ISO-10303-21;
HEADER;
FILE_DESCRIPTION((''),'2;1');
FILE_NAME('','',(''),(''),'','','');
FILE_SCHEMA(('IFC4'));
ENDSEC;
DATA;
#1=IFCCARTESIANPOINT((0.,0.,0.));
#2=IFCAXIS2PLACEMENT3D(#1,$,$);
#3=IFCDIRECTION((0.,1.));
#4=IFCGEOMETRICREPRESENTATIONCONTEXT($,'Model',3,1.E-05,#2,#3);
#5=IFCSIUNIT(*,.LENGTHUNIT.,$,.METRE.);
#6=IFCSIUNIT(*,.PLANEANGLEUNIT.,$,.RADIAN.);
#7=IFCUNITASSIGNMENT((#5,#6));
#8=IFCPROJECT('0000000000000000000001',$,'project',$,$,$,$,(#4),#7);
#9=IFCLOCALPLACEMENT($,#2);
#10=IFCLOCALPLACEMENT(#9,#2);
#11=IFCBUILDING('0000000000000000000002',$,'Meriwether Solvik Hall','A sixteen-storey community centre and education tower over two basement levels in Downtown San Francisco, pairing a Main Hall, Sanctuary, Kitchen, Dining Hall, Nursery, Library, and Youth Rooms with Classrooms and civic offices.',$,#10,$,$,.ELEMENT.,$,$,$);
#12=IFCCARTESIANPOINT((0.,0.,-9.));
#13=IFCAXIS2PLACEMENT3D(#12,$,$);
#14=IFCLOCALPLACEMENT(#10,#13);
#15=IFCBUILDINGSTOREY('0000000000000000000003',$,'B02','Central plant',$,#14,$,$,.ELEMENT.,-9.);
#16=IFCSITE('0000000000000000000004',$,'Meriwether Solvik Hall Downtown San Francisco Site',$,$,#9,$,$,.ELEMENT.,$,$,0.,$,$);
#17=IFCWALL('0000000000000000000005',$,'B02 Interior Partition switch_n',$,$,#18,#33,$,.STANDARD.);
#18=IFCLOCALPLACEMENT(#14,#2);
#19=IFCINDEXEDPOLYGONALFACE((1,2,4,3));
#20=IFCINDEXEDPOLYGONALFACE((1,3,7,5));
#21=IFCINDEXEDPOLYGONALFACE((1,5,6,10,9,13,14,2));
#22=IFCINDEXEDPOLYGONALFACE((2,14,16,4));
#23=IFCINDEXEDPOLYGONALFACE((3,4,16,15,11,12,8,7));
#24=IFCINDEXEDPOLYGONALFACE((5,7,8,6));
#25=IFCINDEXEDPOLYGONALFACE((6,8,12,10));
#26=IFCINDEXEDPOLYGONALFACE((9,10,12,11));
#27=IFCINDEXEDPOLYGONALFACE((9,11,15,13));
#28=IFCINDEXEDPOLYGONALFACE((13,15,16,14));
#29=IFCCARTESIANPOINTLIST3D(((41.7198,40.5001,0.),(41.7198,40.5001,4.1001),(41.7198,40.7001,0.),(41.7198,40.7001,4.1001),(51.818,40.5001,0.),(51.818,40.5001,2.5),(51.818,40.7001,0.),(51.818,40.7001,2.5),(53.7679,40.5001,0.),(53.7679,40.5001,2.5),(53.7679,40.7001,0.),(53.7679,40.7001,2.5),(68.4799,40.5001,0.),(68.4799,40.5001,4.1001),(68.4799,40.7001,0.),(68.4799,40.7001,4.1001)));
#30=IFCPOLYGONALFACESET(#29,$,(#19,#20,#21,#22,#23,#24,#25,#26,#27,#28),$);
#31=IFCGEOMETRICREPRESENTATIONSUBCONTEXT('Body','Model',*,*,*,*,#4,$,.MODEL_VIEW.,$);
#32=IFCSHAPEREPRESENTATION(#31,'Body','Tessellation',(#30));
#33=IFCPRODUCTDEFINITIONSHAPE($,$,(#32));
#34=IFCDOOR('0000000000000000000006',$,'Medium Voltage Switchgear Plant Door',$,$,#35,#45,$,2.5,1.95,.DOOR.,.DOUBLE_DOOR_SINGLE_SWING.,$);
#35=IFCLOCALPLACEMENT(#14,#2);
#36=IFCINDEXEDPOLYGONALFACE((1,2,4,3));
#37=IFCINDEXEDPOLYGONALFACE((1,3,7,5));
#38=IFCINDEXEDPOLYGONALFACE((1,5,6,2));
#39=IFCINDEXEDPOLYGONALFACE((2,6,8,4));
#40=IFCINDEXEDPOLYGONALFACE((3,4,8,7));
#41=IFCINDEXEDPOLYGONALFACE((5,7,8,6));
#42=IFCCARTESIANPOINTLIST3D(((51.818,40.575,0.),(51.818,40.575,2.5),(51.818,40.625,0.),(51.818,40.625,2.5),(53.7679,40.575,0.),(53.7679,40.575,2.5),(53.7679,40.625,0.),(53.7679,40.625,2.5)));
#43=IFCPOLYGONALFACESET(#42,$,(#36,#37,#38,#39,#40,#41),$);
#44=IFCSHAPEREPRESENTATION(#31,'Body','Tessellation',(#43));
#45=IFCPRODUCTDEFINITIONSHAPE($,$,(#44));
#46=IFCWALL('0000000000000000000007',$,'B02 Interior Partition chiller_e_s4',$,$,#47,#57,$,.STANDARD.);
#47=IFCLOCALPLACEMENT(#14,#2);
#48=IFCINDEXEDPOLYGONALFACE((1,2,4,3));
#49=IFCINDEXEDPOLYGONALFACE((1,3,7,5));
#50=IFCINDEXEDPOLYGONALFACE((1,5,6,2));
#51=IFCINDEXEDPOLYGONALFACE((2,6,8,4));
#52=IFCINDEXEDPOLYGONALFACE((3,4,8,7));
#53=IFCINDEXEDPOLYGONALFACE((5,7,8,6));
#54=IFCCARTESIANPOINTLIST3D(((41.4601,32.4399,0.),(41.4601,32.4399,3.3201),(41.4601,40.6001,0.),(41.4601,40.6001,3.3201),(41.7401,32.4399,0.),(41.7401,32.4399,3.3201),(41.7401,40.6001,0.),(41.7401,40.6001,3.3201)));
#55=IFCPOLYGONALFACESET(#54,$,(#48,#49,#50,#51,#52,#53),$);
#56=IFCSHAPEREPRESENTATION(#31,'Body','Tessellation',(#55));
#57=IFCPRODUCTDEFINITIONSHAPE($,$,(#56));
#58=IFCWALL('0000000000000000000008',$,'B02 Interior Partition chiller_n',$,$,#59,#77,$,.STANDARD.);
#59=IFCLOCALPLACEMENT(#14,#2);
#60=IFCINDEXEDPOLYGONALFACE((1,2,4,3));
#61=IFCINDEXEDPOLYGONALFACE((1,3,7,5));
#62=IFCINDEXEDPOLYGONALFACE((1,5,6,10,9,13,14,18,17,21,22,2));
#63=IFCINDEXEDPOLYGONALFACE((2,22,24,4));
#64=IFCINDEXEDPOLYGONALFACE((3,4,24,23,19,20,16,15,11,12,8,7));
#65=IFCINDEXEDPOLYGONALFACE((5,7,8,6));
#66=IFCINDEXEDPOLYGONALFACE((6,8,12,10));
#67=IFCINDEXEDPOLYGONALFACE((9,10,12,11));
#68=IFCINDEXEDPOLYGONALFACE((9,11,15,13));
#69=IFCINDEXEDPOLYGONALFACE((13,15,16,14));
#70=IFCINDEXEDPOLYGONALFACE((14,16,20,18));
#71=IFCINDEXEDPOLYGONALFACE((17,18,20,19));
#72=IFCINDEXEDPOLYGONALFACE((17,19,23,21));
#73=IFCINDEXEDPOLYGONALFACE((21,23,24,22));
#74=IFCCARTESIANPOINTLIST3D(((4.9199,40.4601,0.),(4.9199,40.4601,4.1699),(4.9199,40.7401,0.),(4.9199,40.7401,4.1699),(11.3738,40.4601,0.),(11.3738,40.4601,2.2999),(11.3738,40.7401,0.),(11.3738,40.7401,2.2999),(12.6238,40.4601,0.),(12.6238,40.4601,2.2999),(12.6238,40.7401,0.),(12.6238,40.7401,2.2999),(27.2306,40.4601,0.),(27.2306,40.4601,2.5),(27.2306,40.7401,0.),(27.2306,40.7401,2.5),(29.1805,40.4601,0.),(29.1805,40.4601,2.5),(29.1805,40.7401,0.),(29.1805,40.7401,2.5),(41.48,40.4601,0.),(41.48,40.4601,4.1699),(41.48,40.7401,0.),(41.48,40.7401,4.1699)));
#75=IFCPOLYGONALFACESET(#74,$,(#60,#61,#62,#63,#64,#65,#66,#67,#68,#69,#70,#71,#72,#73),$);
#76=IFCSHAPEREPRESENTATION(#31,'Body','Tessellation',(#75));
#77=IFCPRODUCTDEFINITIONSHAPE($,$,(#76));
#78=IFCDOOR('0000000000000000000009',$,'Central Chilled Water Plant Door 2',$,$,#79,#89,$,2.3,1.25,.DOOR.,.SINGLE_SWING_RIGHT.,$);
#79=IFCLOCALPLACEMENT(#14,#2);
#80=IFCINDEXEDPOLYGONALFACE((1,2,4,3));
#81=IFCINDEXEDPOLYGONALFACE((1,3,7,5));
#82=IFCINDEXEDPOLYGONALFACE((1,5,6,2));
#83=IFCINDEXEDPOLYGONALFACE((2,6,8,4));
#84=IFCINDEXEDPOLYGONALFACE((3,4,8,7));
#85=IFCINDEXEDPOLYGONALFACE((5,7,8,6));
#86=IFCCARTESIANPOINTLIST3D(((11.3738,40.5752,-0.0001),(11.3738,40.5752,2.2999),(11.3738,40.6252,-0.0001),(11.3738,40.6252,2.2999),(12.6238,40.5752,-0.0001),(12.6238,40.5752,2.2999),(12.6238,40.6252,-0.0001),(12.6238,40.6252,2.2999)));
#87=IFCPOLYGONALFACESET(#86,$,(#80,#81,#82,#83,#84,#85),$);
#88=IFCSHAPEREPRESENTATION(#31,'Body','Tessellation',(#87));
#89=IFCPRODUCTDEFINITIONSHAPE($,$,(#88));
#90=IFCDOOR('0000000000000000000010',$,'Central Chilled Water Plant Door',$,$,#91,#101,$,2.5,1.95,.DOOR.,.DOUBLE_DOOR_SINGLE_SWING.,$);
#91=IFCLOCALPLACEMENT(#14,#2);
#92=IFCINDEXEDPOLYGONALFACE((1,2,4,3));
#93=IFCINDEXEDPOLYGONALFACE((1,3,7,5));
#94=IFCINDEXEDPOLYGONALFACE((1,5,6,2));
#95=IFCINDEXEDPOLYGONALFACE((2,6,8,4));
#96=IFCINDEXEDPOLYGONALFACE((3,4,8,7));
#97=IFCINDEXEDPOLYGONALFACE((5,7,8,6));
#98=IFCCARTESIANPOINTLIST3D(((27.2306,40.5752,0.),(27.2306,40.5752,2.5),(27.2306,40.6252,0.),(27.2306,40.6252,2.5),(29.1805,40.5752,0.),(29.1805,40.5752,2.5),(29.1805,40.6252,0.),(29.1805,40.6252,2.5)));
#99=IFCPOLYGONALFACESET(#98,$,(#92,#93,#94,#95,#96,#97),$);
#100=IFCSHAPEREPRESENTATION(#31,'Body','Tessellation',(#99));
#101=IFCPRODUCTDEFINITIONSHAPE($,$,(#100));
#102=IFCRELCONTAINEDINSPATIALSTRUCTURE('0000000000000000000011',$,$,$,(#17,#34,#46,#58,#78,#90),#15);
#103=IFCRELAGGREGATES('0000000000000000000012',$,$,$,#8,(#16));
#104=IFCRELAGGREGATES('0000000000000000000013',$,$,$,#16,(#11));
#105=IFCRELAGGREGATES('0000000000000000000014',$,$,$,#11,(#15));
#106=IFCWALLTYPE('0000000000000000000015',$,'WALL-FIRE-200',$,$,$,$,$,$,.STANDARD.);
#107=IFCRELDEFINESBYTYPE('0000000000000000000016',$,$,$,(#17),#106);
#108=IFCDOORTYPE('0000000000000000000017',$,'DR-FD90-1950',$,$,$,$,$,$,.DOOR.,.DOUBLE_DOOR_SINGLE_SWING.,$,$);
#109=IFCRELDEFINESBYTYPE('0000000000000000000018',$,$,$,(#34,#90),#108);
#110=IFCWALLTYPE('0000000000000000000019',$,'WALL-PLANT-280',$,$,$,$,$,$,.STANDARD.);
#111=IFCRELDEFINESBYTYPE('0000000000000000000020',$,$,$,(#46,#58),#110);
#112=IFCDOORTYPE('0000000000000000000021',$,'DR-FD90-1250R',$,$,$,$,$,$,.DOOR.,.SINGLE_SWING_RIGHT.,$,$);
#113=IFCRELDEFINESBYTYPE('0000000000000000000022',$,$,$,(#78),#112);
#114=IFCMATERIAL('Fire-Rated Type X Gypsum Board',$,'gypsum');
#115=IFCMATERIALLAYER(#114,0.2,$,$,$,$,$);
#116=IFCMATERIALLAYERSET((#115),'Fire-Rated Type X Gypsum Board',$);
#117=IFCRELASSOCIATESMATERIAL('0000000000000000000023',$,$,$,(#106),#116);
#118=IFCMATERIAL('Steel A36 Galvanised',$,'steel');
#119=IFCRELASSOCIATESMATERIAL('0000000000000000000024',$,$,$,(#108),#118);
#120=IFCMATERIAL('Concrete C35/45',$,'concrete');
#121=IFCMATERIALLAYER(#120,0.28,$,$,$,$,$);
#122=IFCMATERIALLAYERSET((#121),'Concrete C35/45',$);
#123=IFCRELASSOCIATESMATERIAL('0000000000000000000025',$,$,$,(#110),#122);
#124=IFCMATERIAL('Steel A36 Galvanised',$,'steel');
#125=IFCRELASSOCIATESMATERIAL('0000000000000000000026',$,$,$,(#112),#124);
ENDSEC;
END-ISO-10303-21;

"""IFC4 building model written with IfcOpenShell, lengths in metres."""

from ifc_helpers import new_model, si_unit, direction, frame, frame_2d, origin, place, context, subcontext, project, spatial, rectangle, extrude, material, layer, layer_set, type_object, element, fill, save


model = new_model("IFC4")

# Units and contexts
model_context = context("Model", 3, precision=1e-05, world=origin(), true_north=direction((0.0, 1.0)))
body_context = subcontext(model_context, "Body", "Model", "MODEL_VIEW")
ifc_project = project(units=[si_unit("LENGTHUNIT", "METRE"), si_unit("PLANEANGLEUNIT", "RADIAN")], contexts=[model_context])

# Site, building, storey
site_placement = place(None, origin())
site = spatial("IfcSite", under=ifc_project, at=site_placement, Name="Meriwether Solvik Hall Downtown San Francisco Site", CompositionType="ELEMENT", RefElevation=0.0)
building_placement = place(site_placement, origin())
building = spatial("IfcBuilding", under=site, at=building_placement, Name="Meriwether Solvik Hall", Description="A sixteen-storey community centre and education tower over two basement levels in Downtown San Francisco, pairing a Main Hall, Sanctuary, Kitchen, Dining Hall, Nursery, Library, and Youth Rooms with Classrooms and civic offices.", CompositionType="ELEMENT")
storey_placement = place(building_placement, frame((0.0, 0.0, -9.0)))
storey = spatial("IfcBuildingStorey", under=building, at=storey_placement, Name="B02", Description="Central plant", CompositionType="ELEMENT", Elevation=-9.0)

# Wall, opening, door
ifc_material_1 = material(Name="Fire-Rated Type X Gypsum Board", Category="gypsum")
ifc_layer_1 = layer(ifc_material_1, 0.2)
ifc_layer_set_1 = layer_set([ifc_layer_1], Name="Fire-Rated Type X Gypsum Board")
wall_type_1 = type_object("IfcWallType", Name="WALL-FIRE-200", PredefinedType="STANDARD", material=ifc_layer_set_1)
wall_1_placement = place(storey_placement, frame((41.72, 40.6001, 0.0), z_axis=(0.0, 0.0, 1.0), x_axis=(1.0, 0.0, 0.0)))
wall_1 = element("IfcWall", 1, at=wall_1_placement, inside=storey, type_object=wall_type_1, Name="B02 Interior Partition switch_n", PredefinedType="STANDARD", context=body_context, shape_type="SweptSolid", body=[
    extrude(rectangle(XDim=26.76, YDim=0.2, at=frame_2d((13.3799, 0.0))), origin(), (0.0, 0.0, 1.0), 4.1001),
])
opening_1_placement = place(wall_1_placement, frame((10.0979, 0.0, 0.0)))
opening_1 = element("IfcOpeningElement", 2, at=opening_1_placement, cuts=wall_1, PredefinedType="OPENING", context=body_context, shape_type="SweptSolid", body=[
    extrude(rectangle(XDim=1.95, YDim=2.5, at=frame_2d((0.9751, 1.25))), frame((0.0, 0.1118, 0.0), z_axis=(0.0, -1.0, 0.0), x_axis=(1.0, 0.0, 0.0)), (0.0, 0.0, 1.0), 0.2239),
])
ifc_material_2 = material(Name="Steel A36 Galvanised", Category="steel")
door_type_1 = type_object("IfcDoorType", Name="DR-FD90-1950", OperationType="DOUBLE_DOOR_SINGLE_SWING", PredefinedType="DOOR", material=ifc_material_2)
door_1_placement = place(opening_1_placement, origin())
door_1 = element("IfcDoor", 3, at=door_1_placement, inside=storey, type_object=door_type_1, Name="Medium Voltage Switchgear Plant Door", OperationType="DOUBLE_DOOR_SINGLE_SWING", OverallHeight=2.5, OverallWidth=1.95, PredefinedType="DOOR", context=body_context, shape_type="SweptSolid", body=[
    extrude(rectangle(XDim=1.95, YDim=2.5, at=frame_2d((0.9751, 1.25))), frame((0.0, 0.0249, 0.0), z_axis=(0.0, -1.0, 0.0), x_axis=(1.0, 0.0, 0.0)), (0.0, 0.0, 1.0), 0.05),
])
fill(opening_1, door_1)

# Wall
ifc_material_3 = material(Name="Concrete C35/45", Category="concrete")
ifc_layer_2 = layer(ifc_material_3, 0.28)
ifc_layer_set_2 = layer_set([ifc_layer_2], Name="Concrete C35/45")
wall_type_2 = type_object("IfcWallType", Name="WALL-PLANT-280", PredefinedType="STANDARD", material=ifc_layer_set_2)
wall_2_placement = place(storey_placement, frame((41.6001, 32.4399, 0.0), z_axis=(0.0, 0.0, 1.0), x_axis=(0.0, 1.0, 0.0)))
element("IfcWall", 4, at=wall_2_placement, inside=storey, type_object=wall_type_2, Name="B02 Interior Partition chiller_e_s4", PredefinedType="STANDARD", context=body_context, shape_type="SweptSolid", body=[
    extrude(rectangle(XDim=8.1602, YDim=0.28, at=frame_2d((4.0801, 0.0))), origin(), (0.0, 0.0, 1.0), 3.3201),
])

# Wall, openings, doors
wall_3_placement = place(storey_placement, frame((41.48, 40.6001, 0.0), z_axis=(0.0, 0.0, 1.0), x_axis=(-1.0, 0.0, 0.0)))
wall_3 = element("IfcWall", 5, at=wall_3_placement, inside=storey, type_object=wall_type_2, Name="B02 Interior Partition chiller_n", PredefinedType="STANDARD", context=body_context, shape_type="SweptSolid", body=[
    extrude(rectangle(XDim=36.5601, YDim=0.28, at=frame_2d((18.28, 0.0))), origin(), (0.0, 0.0, 1.0), 4.1699),
])
opening_2_placement = place(wall_3_placement, frame((12.2993, 0.0, 0.0)))
opening_2 = element("IfcOpeningElement", 6, at=opening_2_placement, cuts=wall_3, PredefinedType="OPENING", context=body_context, shape_type="SweptSolid", body=[
    extrude(rectangle(XDim=1.95, YDim=2.5, at=frame_2d((0.9751, 1.25))), frame((0.0, 0.1519, 0.0), z_axis=(0.0, -1.0, 0.0), x_axis=(1.0, 0.0, 0.0)), (0.0, 0.0, 1.0), 0.304),
])
opening_3_placement = place(wall_3_placement, frame((28.8562, 0.0, 0.0)))
opening_3 = element("IfcOpeningElement", 7, at=opening_3_placement, cuts=wall_3, PredefinedType="OPENING", context=body_context, shape_type="SweptSolid", body=[
    extrude(rectangle(XDim=1.25, YDim=2.3, at=frame_2d((0.625, 1.1499))), frame((0.0, 0.1519, 0.0), z_axis=(0.0, -1.0, 0.0), x_axis=(1.0, 0.0, 0.0)), (0.0, 0.0, 1.0), 0.304),
])
ifc_material_4 = material(Name="Steel A36 Galvanised", Category="steel")
door_type_2 = type_object("IfcDoorType", Name="DR-FD90-1250R", OperationType="SINGLE_SWING_RIGHT", PredefinedType="DOOR", material=ifc_material_4)
door_2_placement = place(opening_3_placement, origin())
door_2 = element("IfcDoor", 8, at=door_2_placement, inside=storey, type_object=door_type_2, Name="Central Chilled Water Plant Door 2", OperationType="SINGLE_SWING_RIGHT", OverallHeight=2.3, OverallWidth=1.25, PredefinedType="DOOR", context=body_context, shape_type="SweptSolid", body=[
    extrude(rectangle(XDim=1.25, YDim=2.3, at=frame_2d((0.625, 1.1499))), frame((0.0, 0.0249, 0.0), z_axis=(0.0, -1.0, 0.0), x_axis=(1.0, 0.0, 0.0)), (0.0, 0.0, 1.0), 0.05),
])
fill(opening_3, door_2)
door_3_placement = place(opening_2_placement, origin())
door_3 = element("IfcDoor", 9, at=door_3_placement, inside=storey, type_object=door_type_1, Name="Central Chilled Water Plant Door", OperationType="DOUBLE_DOOR_SINGLE_SWING", OverallHeight=2.5, OverallWidth=1.95, PredefinedType="DOOR", context=body_context, shape_type="SweptSolid", body=[
    extrude(rectangle(XDim=1.95, YDim=2.5, at=frame_2d((0.9751, 1.25))), frame((0.0, 0.0249, 0.0), z_axis=(0.0, -1.0, 0.0), x_axis=(1.0, 0.0, 0.0)), (0.0, 0.0, 1.0), 0.05),
])
fill(opening_2, door_3)

save(model, "model.ifc")
